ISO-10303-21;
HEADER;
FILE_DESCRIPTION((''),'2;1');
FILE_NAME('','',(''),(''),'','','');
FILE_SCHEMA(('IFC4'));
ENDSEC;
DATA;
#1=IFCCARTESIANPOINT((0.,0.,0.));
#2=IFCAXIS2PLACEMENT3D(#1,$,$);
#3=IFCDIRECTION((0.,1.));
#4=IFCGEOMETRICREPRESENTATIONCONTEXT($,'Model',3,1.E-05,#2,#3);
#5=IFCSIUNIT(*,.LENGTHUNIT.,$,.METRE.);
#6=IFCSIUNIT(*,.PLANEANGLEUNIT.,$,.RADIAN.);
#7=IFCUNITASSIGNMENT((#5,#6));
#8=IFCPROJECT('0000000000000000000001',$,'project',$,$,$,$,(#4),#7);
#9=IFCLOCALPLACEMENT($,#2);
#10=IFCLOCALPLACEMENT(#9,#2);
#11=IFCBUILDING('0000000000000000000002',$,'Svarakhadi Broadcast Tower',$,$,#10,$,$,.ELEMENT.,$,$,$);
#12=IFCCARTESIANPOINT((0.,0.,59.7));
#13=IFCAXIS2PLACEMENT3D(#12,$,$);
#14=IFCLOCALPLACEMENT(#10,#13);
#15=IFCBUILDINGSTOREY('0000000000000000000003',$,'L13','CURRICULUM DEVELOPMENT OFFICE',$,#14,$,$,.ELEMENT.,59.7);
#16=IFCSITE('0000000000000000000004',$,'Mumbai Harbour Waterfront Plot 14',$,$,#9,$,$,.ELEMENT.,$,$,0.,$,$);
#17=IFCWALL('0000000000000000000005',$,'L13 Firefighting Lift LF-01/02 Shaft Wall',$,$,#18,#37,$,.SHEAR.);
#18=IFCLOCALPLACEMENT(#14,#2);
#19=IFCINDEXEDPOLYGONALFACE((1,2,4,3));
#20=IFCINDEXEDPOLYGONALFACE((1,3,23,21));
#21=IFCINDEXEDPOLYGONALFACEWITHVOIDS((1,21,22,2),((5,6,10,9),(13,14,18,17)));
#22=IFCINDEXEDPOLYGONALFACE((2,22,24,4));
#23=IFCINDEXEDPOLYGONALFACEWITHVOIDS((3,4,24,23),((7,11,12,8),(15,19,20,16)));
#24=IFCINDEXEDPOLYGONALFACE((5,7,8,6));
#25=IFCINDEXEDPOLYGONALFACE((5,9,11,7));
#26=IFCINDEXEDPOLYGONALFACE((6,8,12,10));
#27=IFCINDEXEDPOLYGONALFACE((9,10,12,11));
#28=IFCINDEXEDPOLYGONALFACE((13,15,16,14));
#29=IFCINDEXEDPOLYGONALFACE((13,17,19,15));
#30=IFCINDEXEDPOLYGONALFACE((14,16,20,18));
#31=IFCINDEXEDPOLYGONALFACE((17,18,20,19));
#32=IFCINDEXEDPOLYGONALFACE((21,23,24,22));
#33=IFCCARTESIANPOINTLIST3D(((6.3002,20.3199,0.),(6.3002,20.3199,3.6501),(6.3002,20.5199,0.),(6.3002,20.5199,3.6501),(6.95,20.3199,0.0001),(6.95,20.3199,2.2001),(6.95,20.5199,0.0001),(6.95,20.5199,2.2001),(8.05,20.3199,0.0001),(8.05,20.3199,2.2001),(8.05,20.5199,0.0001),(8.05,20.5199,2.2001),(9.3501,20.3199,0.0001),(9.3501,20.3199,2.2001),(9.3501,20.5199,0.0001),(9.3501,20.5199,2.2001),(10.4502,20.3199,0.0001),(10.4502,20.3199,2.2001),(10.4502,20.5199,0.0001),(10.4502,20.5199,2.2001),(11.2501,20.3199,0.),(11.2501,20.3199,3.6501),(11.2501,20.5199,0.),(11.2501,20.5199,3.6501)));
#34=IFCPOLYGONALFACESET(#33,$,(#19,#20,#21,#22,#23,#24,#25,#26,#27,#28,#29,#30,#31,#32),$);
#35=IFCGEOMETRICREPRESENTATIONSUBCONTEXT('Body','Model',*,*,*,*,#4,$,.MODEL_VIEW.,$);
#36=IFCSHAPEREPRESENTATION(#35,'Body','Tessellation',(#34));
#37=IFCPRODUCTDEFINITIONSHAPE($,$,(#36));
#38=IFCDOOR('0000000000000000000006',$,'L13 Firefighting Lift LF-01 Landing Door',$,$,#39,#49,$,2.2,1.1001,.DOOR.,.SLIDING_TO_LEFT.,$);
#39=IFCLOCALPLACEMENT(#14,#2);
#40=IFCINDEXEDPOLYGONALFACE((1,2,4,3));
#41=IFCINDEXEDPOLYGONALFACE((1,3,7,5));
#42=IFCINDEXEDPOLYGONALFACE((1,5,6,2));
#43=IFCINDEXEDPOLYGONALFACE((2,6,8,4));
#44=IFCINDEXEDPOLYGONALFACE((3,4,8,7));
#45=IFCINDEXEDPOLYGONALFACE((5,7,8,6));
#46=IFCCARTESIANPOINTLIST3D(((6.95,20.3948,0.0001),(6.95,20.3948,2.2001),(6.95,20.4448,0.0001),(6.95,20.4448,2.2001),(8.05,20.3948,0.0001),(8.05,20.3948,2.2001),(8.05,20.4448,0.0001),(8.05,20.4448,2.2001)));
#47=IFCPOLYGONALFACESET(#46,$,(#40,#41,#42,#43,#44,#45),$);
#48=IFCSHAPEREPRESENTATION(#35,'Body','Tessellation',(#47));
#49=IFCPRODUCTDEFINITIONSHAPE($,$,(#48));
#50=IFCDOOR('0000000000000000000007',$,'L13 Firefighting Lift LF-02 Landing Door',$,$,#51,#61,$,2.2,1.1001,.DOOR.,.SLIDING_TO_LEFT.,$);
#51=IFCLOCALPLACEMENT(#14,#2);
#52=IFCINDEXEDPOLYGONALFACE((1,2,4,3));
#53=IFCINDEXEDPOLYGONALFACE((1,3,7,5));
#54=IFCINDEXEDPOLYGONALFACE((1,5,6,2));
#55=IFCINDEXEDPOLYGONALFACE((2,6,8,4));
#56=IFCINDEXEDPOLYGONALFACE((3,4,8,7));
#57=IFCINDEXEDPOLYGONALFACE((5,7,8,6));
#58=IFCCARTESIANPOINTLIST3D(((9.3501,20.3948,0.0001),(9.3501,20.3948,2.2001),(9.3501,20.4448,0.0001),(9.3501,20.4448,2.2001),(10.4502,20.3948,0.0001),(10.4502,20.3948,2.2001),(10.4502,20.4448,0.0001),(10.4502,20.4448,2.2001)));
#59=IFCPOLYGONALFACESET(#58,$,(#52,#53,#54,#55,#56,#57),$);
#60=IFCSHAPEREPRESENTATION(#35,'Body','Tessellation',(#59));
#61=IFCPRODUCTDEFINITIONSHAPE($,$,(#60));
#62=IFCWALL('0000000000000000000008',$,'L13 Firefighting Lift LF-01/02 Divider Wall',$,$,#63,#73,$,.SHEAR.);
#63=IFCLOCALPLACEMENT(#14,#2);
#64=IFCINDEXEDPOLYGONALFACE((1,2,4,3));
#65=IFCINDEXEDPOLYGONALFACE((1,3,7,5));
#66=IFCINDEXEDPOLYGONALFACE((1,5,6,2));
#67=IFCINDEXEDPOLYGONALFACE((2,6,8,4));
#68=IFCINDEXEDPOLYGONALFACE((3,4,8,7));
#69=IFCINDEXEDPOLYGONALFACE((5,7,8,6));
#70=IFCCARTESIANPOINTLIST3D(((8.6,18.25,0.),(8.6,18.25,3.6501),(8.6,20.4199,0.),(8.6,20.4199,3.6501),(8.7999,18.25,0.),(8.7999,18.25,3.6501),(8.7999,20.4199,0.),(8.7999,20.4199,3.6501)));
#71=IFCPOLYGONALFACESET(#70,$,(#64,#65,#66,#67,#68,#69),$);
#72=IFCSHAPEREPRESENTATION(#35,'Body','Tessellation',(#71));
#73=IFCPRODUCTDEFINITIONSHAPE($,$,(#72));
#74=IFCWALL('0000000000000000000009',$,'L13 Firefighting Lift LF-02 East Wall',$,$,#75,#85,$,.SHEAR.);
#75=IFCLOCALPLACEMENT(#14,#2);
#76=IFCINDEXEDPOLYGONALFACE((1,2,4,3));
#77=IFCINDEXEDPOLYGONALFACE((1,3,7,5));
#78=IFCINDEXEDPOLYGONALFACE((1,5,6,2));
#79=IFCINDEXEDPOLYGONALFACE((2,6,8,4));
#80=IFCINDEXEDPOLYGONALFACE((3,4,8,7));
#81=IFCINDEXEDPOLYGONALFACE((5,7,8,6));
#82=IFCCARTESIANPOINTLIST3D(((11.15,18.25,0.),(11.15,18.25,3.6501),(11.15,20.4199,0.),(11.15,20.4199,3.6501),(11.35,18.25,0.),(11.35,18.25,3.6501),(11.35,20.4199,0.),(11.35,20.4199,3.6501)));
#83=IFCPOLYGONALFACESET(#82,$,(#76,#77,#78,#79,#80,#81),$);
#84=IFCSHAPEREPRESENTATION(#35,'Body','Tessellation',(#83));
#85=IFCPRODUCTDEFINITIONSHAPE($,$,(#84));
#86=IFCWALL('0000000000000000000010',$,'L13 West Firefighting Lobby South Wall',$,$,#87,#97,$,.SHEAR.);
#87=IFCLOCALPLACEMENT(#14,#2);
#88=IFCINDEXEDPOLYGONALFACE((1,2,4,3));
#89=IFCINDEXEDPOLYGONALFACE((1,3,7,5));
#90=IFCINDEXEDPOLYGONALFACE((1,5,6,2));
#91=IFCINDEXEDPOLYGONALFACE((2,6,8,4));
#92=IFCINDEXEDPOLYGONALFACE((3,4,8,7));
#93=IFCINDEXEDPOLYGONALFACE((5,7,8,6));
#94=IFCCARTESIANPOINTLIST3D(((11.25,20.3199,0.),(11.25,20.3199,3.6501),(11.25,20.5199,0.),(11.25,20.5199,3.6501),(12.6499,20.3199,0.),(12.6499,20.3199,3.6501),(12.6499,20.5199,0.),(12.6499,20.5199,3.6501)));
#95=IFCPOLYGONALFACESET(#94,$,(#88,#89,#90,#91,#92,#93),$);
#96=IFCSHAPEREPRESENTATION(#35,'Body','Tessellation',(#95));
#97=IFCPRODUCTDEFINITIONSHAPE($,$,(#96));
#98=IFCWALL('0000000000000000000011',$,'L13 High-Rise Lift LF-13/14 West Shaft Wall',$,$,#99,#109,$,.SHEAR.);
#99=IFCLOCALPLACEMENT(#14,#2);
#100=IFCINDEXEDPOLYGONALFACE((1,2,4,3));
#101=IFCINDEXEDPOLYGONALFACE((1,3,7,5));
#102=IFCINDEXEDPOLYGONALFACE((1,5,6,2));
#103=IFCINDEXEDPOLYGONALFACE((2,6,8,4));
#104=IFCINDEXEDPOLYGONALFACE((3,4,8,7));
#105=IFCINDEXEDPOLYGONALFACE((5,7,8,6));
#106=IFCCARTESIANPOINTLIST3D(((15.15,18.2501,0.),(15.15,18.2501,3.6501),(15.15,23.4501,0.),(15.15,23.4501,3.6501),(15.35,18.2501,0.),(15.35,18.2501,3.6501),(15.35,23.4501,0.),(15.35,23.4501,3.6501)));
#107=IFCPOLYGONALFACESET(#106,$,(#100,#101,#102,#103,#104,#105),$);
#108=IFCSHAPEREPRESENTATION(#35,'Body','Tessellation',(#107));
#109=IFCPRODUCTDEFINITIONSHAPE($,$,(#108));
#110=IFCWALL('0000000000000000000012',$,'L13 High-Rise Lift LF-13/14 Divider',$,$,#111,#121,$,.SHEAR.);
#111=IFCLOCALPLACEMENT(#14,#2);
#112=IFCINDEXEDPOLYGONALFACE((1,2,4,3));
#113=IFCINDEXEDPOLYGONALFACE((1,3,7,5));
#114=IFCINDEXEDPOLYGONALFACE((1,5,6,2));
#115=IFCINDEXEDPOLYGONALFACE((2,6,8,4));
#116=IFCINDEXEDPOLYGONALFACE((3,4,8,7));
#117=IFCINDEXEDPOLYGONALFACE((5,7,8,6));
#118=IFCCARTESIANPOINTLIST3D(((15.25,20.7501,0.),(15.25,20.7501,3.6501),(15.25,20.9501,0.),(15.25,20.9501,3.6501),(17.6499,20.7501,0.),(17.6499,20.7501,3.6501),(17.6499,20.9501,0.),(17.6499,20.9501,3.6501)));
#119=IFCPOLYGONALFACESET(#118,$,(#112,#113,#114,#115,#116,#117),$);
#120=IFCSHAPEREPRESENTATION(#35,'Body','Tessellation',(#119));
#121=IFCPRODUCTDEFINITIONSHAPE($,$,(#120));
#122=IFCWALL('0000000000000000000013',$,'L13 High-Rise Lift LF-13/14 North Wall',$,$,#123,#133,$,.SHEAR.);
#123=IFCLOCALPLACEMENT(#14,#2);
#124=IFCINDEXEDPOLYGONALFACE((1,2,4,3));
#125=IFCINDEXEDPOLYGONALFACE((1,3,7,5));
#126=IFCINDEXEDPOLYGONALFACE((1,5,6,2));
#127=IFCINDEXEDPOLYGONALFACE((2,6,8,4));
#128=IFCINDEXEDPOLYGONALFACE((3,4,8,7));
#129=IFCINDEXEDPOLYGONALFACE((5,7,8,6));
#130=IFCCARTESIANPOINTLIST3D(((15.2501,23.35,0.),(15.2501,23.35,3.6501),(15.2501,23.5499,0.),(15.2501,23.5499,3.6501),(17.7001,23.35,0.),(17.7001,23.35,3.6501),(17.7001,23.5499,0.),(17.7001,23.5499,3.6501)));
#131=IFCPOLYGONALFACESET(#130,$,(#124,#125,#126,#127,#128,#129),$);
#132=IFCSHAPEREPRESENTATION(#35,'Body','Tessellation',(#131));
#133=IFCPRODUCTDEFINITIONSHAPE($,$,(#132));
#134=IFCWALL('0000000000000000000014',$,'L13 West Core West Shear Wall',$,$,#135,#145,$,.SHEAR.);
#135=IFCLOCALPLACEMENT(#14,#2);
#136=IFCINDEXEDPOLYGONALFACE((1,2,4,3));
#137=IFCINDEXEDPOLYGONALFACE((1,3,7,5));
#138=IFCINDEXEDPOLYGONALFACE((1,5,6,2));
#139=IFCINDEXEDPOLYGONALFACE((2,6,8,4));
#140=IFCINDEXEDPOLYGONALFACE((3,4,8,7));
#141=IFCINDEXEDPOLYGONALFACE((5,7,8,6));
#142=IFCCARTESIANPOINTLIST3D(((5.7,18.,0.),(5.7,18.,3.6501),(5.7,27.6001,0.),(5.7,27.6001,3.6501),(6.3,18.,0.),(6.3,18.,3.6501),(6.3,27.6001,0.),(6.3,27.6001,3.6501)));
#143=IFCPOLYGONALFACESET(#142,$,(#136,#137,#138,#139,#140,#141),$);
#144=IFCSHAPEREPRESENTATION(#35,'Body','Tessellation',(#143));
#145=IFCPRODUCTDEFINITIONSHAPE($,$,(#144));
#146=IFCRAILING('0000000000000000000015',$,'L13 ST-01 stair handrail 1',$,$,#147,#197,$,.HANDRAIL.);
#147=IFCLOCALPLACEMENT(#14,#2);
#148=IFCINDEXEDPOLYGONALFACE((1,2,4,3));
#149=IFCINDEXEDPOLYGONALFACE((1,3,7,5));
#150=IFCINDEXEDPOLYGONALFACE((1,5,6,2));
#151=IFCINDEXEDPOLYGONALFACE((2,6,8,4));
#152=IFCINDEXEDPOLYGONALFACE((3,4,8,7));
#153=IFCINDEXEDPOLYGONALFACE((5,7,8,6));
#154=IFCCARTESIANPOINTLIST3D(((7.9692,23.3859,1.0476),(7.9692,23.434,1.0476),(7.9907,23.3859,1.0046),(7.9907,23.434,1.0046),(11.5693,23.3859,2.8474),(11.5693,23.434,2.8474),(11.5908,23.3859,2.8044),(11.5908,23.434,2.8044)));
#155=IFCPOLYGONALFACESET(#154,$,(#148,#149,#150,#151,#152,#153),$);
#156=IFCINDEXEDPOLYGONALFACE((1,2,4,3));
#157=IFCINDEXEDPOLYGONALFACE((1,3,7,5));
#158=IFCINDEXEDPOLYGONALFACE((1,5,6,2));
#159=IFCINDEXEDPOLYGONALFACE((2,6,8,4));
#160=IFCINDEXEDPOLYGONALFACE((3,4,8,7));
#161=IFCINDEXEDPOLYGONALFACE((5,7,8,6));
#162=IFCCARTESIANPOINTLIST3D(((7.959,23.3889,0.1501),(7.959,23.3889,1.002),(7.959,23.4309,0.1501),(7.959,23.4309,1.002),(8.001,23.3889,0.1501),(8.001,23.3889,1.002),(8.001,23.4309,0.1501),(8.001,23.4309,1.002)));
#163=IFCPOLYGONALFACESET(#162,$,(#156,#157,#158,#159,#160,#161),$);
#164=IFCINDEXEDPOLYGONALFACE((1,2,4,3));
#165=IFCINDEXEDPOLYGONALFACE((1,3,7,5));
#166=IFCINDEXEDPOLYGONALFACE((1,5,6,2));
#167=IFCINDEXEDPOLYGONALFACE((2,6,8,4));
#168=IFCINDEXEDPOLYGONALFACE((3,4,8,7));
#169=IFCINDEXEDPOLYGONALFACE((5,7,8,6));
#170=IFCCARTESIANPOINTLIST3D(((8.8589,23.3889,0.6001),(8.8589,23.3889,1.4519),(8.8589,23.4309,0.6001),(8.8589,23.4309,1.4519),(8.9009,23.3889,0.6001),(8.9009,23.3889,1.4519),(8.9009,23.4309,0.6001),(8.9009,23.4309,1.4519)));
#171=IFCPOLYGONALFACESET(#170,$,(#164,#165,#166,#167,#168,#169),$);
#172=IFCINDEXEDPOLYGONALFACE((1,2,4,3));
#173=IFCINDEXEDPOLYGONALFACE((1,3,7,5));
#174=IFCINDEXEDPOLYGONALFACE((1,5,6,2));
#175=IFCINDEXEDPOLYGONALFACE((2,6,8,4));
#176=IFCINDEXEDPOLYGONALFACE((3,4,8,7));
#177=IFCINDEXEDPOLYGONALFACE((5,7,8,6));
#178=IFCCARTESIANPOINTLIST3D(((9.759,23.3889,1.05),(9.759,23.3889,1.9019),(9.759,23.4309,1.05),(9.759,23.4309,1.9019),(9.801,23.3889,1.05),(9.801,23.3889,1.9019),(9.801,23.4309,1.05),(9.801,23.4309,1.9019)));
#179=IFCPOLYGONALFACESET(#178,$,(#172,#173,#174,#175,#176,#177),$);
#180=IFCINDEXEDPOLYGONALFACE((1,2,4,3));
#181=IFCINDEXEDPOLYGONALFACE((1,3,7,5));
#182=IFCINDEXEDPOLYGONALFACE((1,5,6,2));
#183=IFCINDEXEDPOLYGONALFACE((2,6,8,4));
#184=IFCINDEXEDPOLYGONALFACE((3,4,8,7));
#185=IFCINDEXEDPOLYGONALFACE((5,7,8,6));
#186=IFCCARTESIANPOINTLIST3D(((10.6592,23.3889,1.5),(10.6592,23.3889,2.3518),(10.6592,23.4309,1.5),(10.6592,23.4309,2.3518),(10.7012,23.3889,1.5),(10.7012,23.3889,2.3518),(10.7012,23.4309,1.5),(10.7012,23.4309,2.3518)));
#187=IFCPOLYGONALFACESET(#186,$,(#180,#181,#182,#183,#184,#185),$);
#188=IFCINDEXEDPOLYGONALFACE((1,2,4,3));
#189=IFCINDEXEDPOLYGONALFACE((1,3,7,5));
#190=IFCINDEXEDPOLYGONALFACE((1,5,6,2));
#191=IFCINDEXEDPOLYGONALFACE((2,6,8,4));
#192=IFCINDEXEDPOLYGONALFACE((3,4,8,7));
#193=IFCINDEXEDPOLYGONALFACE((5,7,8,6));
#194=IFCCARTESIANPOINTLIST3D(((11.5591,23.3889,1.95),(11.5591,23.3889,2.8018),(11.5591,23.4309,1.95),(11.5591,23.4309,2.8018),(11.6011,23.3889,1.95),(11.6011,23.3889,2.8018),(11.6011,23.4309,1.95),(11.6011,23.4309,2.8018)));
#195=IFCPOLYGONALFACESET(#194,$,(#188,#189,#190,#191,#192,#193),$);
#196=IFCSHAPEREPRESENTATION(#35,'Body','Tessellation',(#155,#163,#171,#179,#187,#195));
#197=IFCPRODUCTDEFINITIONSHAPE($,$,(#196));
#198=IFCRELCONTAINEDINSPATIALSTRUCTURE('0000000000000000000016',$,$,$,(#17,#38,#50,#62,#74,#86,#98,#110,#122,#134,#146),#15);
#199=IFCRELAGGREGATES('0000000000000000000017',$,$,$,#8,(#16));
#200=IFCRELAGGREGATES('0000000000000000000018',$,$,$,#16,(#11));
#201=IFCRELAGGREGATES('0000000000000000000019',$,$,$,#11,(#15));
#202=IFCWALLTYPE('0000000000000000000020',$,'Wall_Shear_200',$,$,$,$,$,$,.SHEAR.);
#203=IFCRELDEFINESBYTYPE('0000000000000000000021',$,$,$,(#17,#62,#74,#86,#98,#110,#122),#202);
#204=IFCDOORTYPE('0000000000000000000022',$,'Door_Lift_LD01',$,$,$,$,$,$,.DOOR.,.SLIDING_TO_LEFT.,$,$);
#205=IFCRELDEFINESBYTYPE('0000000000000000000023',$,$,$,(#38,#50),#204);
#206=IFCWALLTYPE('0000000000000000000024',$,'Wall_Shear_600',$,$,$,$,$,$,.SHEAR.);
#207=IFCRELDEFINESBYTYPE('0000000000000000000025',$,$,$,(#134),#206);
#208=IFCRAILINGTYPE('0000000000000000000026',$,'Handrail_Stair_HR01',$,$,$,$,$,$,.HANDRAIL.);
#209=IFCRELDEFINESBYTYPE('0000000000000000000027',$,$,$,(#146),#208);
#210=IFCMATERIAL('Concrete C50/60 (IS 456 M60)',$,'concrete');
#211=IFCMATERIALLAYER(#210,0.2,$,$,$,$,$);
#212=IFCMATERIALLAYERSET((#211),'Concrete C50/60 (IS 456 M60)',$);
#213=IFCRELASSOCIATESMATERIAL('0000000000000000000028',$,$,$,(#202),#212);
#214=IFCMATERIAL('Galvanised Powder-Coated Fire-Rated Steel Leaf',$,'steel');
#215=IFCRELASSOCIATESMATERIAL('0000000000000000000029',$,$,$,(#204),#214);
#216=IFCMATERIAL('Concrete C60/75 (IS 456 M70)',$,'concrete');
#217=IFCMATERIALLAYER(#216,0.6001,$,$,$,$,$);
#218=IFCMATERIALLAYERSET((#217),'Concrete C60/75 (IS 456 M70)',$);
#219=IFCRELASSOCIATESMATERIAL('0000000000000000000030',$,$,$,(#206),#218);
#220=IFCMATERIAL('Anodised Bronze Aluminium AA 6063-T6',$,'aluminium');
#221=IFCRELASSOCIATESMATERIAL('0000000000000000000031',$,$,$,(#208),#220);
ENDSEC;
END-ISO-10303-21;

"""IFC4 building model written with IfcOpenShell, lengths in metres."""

from ifc_helpers import new_model, si_unit, direction, frame, frame_2d, origin, origin_2d, place, context, subcontext, project, spatial, rectangle, extrude, material, layer, layer_set, type_object, element, fill, save


model = new_model("IFC4")

# Units and contexts
model_context = context("Model", 3, precision=1e-05, world=origin(), true_north=direction((0.0, 1.0)))
body_context = subcontext(model_context, "Body", "Model", "MODEL_VIEW")
ifc_project = project(units=[si_unit("LENGTHUNIT", "METRE"), si_unit("PLANEANGLEUNIT", "RADIAN")], contexts=[model_context])

# Site, building, storey
site_placement = place(None, origin())
site = spatial("IfcSite", under=ifc_project, at=site_placement, Name="Mumbai Harbour Waterfront Plot 14", CompositionType="ELEMENT", RefElevation=0.0)
building_placement = place(site_placement, origin())
building = spatial("IfcBuilding", under=site, at=building_placement, Name="Svarakhadi Broadcast Tower", CompositionType="ELEMENT")
storey_placement = place(building_placement, frame((0.0, 0.0, 59.7)))
storey = spatial("IfcBuildingStorey", under=building, at=storey_placement, Name="L13", Description="CURRICULUM DEVELOPMENT OFFICE", CompositionType="ELEMENT", Elevation=59.7)

# Shared definitions
ifc_material_1 = material(Name="Concrete C60/75 (IS 456 M70)", Category="concrete")

# Shared definitions
ifc_material_2 = material(Name="Concrete C50/60 (IS 456 M60)", Category="concrete")

# Shared definitions
ifc_layer_1 = layer(ifc_material_2, 0.2)
ifc_layer_set_1 = layer_set([ifc_layer_1], Name="Concrete C50/60 (IS 456 M60)")
wall_type_1 = type_object("IfcWallType", Name="Wall_Shear_200", PredefinedType="SHEAR", material=ifc_layer_set_1)
ifc_material_3 = material(Name="Galvanised Powder-Coated Fire-Rated Steel Leaf", Category="steel")

# Wall, openings, doors
wall_1_placement = place(storey_placement, frame((6.3, 20.4199, 0.0), z_axis=(0.0, 0.0, 1.0), x_axis=(1.0, 0.0, 0.0)))
wall_1 = element("IfcWall", 1, at=wall_1_placement, inside=storey, type_object=wall_type_1, Name="L13 Firefighting Lift LF-01/02 Shaft Wall", PredefinedType="SHEAR", context=body_context, shape_type="SweptSolid", body=[
    extrude(rectangle(XDim=4.95, YDim=0.2, at=frame_2d((2.4751, 0.0))), origin(), (0.0, 0.0, 1.0), 3.6501),
])
opening_1_placement = place(wall_1_placement, frame((0.6499, 0.0, 0.0)))
opening_1 = element("IfcOpeningElement", 2, at=opening_1_placement, cuts=wall_1, PredefinedType="OPENING", context=body_context, shape_type="SweptSolid", body=[
    extrude(rectangle(XDim=1.1001, YDim=2.2, at=frame_2d((0.55, 1.1001))), frame((0.0, 0.1099, 0.0), z_axis=(0.0, -1.0, 0.0), x_axis=(1.0, 0.0, 0.0)), (0.0, 0.0, 1.0), 0.22),
])
opening_2_placement = place(wall_1_placement, frame((3.05, 0.0, 0.0)))
opening_2 = element("IfcOpeningElement", 3, at=opening_2_placement, cuts=wall_1, PredefinedType="OPENING", context=body_context, shape_type="SweptSolid", body=[
    extrude(rectangle(XDim=1.1001, YDim=2.2, at=frame_2d((0.55, 1.1001))), frame((0.0, 0.1099, 0.0), z_axis=(0.0, -1.0, 0.0), x_axis=(1.0, 0.0, 0.0)), (0.0, 0.0, 1.0), 0.22),
])
door_type_1 = type_object("IfcDoorType", Name="Door_Lift_LD01", OperationType="SLIDING_TO_LEFT", PredefinedType="DOOR", material=ifc_material_3)
door_1_placement = place(opening_1_placement, origin())
door_1 = element("IfcDoor", 4, at=door_1_placement, inside=storey, type_object=door_type_1, Name="L13 Firefighting Lift LF-01 Landing Door", OperationType="SLIDING_TO_LEFT", OverallHeight=2.2, OverallWidth=1.1001, PredefinedType="DOOR", context=body_context, shape_type="SweptSolid", body=[
    extrude(rectangle(XDim=1.1001, YDim=2.2, at=frame_2d((0.55, 1.1001))), frame((0.0, 0.0249, 0.0), z_axis=(0.0, -1.0, 0.0), x_axis=(1.0, 0.0, 0.0)), (0.0, 0.0, 1.0), 0.05),
])
fill(opening_1, door_1)
door_2_placement = place(opening_2_placement, origin())
door_2 = element("IfcDoor", 5, at=door_2_placement, inside=storey, type_object=door_type_1, Name="L13 Firefighting Lift LF-02 Landing Door", OperationType="SLIDING_TO_LEFT", OverallHeight=2.2, OverallWidth=1.1001, PredefinedType="DOOR", context=body_context, shape_type="SweptSolid", body=[
    extrude(rectangle(XDim=1.1001, YDim=2.2, at=frame_2d((0.55, 1.1001))), frame((0.0, 0.0249, 0.0), z_axis=(0.0, -1.0, 0.0), x_axis=(1.0, 0.0, 0.0)), (0.0, 0.0, 1.0), 0.05),
])
fill(opening_2, door_2)

# Walls
for number, where, z_axis, x_axis, name in (
    (6, (8.7, 18.25, 0.0), (0.0, 0.0, 1.0), (0.0, 1.0, 0.0), "L13 Firefighting Lift LF-01/02 Divider Wall"),
    (7, (11.25, 18.25, 0.0), (0.0, 0.0, 1.0), (0.0, 1.0, 0.0), "L13 Firefighting Lift LF-02 East Wall"),
):
    element("IfcWall", number, at=place(storey_placement, frame(where, z_axis=z_axis, x_axis=x_axis)), inside=storey, type_object=wall_type_1, Name=name, PredefinedType="SHEAR", context=body_context, shape_type="SweptSolid", body=[
        extrude(rectangle(XDim=2.1699, YDim=0.2, at=frame_2d((1.085, 0.0))), origin(), (0.0, 0.0, 1.0), 3.6501),
    ])
wall_2_placement = place(storey_placement, frame((11.25, 20.4199, 0.0), z_axis=(0.0, 0.0, 1.0), x_axis=(1.0, 0.0, 0.0)))
element("IfcWall", 8, at=wall_2_placement, inside=storey, type_object=wall_type_1, Name="L13 West Firefighting Lobby South Wall", PredefinedType="SHEAR", context=body_context, shape_type="SweptSolid", body=[
    extrude(rectangle(XDim=1.3999, YDim=0.2, at=frame_2d((0.7, 0.0))), origin(), (0.0, 0.0, 1.0), 3.6501),
])

# Walls
wall_3_placement = place(storey_placement, frame((15.25, 18.25, 0.0), z_axis=(0.0, 0.0, 1.0), x_axis=(0.0, 1.0, 0.0)))
element("IfcWall", 9, at=wall_3_placement, inside=storey, type_object=wall_type_1, Name="L13 High-Rise Lift LF-13/14 West Shaft Wall", PredefinedType="SHEAR", context=body_context, shape_type="SweptSolid", body=[
    extrude(rectangle(XDim=5.2, YDim=0.2, at=frame_2d((2.6001, 0.0))), origin(), (0.0, 0.0, 1.0), 3.6501),
])
wall_4_placement = place(storey_placement, frame((15.25, 20.8501, 0.0), z_axis=(0.0, 0.0, 1.0), x_axis=(1.0, 0.0, 0.0)))
element("IfcWall", 10, at=wall_4_placement, inside=storey, type_object=wall_type_1, Name="L13 High-Rise Lift LF-13/14 Divider", PredefinedType="SHEAR", context=body_context, shape_type="SweptSolid", body=[
    extrude(rectangle(XDim=2.3999, YDim=0.2, at=frame_2d((1.2, 0.0))), origin(), (0.0, 0.0, 1.0), 3.6501),
])
wall_5_placement = place(storey_placement, frame((15.25, 23.45, 0.0), z_axis=(0.0, 0.0, 1.0), x_axis=(1.0, 0.0, 0.0)))
element("IfcWall", 11, at=wall_5_placement, inside=storey, type_object=wall_type_1, Name="L13 High-Rise Lift LF-13/14 North Wall", PredefinedType="SHEAR", context=body_context, shape_type="SweptSolid", body=[
    extrude(rectangle(XDim=2.45, YDim=0.2, at=frame_2d((1.2251, 0.0))), origin(), (0.0, 0.0, 1.0), 3.6501),
])
ifc_layer_2 = layer(ifc_material_1, 0.6001)
ifc_layer_set_2 = layer_set([ifc_layer_2], Name="Concrete C60/75 (IS 456 M70)")
wall_type_2 = type_object("IfcWallType", Name="Wall_Shear_600", PredefinedType="SHEAR", material=ifc_layer_set_2)
wall_6_placement = place(storey_placement, frame((6.0, 18.0, 0.0), z_axis=(0.0, 0.0, 1.0), x_axis=(0.0, 1.0, 0.0)))
element("IfcWall", 12, at=wall_6_placement, inside=storey, type_object=wall_type_2, Name="L13 West Core West Shear Wall", PredefinedType="SHEAR", context=body_context, shape_type="SweptSolid", body=[
    extrude(rectangle(XDim=9.6001, YDim=0.6001, at=frame_2d((4.8, 0.0))), origin(), (0.0, 0.0, 1.0), 3.6501),
])

# Railing
ifc_material_4 = material(Name="Anodised Bronze Aluminium AA 6063-T6", Category="aluminium")
railing_type = type_object("IfcRailingType", Name="Handrail_Stair_HR01", PredefinedType="HANDRAIL", material=ifc_material_4)
railing_placement = place(storey_placement, frame((7.98, 23.4099, 0.1501)))
element("IfcRailing", 13, at=railing_placement, inside=storey, type_object=railing_type, Name="L13 ST-01 stair handrail 1", PredefinedType="HANDRAIL", context=body_context, shape_type="SweptSolid", body=[
    extrude(rectangle(XDim=0.0481, YDim=0.0481, at=origin_2d()), frame((0.0, 0.0, 0.876), z_axis=(0.894451, 0.0, 0.447165), x_axis=(0.0, 1.0, 0.0)), (0.0, 0.0, 1.0), 4.0249),
    extrude(rectangle(XDim=0.042, YDim=0.042, at=origin_2d()), origin(), (0.0, 0.0, 1.0), 0.8518),
    extrude(rectangle(XDim=0.042, YDim=0.042, at=origin_2d()), frame((0.8999, 0.0, 0.45)), (0.0, 0.0, 1.0), 0.8518),
    extrude(rectangle(XDim=0.042, YDim=0.042, at=origin_2d()), frame((1.8, 0.0, 0.8999)), (0.0, 0.0, 1.0), 0.8518),
    extrude(rectangle(XDim=0.042, YDim=0.042, at=origin_2d()), frame((2.7002, 0.0, 1.3499)), (0.0, 0.0, 1.0), 0.8518),
    extrude(rectangle(XDim=0.042, YDim=0.042, at=origin_2d()), frame((3.6001, 0.0, 1.7998)), (0.0, 0.0, 1.0), 0.8518),
])

save(model, "model.ifc")
